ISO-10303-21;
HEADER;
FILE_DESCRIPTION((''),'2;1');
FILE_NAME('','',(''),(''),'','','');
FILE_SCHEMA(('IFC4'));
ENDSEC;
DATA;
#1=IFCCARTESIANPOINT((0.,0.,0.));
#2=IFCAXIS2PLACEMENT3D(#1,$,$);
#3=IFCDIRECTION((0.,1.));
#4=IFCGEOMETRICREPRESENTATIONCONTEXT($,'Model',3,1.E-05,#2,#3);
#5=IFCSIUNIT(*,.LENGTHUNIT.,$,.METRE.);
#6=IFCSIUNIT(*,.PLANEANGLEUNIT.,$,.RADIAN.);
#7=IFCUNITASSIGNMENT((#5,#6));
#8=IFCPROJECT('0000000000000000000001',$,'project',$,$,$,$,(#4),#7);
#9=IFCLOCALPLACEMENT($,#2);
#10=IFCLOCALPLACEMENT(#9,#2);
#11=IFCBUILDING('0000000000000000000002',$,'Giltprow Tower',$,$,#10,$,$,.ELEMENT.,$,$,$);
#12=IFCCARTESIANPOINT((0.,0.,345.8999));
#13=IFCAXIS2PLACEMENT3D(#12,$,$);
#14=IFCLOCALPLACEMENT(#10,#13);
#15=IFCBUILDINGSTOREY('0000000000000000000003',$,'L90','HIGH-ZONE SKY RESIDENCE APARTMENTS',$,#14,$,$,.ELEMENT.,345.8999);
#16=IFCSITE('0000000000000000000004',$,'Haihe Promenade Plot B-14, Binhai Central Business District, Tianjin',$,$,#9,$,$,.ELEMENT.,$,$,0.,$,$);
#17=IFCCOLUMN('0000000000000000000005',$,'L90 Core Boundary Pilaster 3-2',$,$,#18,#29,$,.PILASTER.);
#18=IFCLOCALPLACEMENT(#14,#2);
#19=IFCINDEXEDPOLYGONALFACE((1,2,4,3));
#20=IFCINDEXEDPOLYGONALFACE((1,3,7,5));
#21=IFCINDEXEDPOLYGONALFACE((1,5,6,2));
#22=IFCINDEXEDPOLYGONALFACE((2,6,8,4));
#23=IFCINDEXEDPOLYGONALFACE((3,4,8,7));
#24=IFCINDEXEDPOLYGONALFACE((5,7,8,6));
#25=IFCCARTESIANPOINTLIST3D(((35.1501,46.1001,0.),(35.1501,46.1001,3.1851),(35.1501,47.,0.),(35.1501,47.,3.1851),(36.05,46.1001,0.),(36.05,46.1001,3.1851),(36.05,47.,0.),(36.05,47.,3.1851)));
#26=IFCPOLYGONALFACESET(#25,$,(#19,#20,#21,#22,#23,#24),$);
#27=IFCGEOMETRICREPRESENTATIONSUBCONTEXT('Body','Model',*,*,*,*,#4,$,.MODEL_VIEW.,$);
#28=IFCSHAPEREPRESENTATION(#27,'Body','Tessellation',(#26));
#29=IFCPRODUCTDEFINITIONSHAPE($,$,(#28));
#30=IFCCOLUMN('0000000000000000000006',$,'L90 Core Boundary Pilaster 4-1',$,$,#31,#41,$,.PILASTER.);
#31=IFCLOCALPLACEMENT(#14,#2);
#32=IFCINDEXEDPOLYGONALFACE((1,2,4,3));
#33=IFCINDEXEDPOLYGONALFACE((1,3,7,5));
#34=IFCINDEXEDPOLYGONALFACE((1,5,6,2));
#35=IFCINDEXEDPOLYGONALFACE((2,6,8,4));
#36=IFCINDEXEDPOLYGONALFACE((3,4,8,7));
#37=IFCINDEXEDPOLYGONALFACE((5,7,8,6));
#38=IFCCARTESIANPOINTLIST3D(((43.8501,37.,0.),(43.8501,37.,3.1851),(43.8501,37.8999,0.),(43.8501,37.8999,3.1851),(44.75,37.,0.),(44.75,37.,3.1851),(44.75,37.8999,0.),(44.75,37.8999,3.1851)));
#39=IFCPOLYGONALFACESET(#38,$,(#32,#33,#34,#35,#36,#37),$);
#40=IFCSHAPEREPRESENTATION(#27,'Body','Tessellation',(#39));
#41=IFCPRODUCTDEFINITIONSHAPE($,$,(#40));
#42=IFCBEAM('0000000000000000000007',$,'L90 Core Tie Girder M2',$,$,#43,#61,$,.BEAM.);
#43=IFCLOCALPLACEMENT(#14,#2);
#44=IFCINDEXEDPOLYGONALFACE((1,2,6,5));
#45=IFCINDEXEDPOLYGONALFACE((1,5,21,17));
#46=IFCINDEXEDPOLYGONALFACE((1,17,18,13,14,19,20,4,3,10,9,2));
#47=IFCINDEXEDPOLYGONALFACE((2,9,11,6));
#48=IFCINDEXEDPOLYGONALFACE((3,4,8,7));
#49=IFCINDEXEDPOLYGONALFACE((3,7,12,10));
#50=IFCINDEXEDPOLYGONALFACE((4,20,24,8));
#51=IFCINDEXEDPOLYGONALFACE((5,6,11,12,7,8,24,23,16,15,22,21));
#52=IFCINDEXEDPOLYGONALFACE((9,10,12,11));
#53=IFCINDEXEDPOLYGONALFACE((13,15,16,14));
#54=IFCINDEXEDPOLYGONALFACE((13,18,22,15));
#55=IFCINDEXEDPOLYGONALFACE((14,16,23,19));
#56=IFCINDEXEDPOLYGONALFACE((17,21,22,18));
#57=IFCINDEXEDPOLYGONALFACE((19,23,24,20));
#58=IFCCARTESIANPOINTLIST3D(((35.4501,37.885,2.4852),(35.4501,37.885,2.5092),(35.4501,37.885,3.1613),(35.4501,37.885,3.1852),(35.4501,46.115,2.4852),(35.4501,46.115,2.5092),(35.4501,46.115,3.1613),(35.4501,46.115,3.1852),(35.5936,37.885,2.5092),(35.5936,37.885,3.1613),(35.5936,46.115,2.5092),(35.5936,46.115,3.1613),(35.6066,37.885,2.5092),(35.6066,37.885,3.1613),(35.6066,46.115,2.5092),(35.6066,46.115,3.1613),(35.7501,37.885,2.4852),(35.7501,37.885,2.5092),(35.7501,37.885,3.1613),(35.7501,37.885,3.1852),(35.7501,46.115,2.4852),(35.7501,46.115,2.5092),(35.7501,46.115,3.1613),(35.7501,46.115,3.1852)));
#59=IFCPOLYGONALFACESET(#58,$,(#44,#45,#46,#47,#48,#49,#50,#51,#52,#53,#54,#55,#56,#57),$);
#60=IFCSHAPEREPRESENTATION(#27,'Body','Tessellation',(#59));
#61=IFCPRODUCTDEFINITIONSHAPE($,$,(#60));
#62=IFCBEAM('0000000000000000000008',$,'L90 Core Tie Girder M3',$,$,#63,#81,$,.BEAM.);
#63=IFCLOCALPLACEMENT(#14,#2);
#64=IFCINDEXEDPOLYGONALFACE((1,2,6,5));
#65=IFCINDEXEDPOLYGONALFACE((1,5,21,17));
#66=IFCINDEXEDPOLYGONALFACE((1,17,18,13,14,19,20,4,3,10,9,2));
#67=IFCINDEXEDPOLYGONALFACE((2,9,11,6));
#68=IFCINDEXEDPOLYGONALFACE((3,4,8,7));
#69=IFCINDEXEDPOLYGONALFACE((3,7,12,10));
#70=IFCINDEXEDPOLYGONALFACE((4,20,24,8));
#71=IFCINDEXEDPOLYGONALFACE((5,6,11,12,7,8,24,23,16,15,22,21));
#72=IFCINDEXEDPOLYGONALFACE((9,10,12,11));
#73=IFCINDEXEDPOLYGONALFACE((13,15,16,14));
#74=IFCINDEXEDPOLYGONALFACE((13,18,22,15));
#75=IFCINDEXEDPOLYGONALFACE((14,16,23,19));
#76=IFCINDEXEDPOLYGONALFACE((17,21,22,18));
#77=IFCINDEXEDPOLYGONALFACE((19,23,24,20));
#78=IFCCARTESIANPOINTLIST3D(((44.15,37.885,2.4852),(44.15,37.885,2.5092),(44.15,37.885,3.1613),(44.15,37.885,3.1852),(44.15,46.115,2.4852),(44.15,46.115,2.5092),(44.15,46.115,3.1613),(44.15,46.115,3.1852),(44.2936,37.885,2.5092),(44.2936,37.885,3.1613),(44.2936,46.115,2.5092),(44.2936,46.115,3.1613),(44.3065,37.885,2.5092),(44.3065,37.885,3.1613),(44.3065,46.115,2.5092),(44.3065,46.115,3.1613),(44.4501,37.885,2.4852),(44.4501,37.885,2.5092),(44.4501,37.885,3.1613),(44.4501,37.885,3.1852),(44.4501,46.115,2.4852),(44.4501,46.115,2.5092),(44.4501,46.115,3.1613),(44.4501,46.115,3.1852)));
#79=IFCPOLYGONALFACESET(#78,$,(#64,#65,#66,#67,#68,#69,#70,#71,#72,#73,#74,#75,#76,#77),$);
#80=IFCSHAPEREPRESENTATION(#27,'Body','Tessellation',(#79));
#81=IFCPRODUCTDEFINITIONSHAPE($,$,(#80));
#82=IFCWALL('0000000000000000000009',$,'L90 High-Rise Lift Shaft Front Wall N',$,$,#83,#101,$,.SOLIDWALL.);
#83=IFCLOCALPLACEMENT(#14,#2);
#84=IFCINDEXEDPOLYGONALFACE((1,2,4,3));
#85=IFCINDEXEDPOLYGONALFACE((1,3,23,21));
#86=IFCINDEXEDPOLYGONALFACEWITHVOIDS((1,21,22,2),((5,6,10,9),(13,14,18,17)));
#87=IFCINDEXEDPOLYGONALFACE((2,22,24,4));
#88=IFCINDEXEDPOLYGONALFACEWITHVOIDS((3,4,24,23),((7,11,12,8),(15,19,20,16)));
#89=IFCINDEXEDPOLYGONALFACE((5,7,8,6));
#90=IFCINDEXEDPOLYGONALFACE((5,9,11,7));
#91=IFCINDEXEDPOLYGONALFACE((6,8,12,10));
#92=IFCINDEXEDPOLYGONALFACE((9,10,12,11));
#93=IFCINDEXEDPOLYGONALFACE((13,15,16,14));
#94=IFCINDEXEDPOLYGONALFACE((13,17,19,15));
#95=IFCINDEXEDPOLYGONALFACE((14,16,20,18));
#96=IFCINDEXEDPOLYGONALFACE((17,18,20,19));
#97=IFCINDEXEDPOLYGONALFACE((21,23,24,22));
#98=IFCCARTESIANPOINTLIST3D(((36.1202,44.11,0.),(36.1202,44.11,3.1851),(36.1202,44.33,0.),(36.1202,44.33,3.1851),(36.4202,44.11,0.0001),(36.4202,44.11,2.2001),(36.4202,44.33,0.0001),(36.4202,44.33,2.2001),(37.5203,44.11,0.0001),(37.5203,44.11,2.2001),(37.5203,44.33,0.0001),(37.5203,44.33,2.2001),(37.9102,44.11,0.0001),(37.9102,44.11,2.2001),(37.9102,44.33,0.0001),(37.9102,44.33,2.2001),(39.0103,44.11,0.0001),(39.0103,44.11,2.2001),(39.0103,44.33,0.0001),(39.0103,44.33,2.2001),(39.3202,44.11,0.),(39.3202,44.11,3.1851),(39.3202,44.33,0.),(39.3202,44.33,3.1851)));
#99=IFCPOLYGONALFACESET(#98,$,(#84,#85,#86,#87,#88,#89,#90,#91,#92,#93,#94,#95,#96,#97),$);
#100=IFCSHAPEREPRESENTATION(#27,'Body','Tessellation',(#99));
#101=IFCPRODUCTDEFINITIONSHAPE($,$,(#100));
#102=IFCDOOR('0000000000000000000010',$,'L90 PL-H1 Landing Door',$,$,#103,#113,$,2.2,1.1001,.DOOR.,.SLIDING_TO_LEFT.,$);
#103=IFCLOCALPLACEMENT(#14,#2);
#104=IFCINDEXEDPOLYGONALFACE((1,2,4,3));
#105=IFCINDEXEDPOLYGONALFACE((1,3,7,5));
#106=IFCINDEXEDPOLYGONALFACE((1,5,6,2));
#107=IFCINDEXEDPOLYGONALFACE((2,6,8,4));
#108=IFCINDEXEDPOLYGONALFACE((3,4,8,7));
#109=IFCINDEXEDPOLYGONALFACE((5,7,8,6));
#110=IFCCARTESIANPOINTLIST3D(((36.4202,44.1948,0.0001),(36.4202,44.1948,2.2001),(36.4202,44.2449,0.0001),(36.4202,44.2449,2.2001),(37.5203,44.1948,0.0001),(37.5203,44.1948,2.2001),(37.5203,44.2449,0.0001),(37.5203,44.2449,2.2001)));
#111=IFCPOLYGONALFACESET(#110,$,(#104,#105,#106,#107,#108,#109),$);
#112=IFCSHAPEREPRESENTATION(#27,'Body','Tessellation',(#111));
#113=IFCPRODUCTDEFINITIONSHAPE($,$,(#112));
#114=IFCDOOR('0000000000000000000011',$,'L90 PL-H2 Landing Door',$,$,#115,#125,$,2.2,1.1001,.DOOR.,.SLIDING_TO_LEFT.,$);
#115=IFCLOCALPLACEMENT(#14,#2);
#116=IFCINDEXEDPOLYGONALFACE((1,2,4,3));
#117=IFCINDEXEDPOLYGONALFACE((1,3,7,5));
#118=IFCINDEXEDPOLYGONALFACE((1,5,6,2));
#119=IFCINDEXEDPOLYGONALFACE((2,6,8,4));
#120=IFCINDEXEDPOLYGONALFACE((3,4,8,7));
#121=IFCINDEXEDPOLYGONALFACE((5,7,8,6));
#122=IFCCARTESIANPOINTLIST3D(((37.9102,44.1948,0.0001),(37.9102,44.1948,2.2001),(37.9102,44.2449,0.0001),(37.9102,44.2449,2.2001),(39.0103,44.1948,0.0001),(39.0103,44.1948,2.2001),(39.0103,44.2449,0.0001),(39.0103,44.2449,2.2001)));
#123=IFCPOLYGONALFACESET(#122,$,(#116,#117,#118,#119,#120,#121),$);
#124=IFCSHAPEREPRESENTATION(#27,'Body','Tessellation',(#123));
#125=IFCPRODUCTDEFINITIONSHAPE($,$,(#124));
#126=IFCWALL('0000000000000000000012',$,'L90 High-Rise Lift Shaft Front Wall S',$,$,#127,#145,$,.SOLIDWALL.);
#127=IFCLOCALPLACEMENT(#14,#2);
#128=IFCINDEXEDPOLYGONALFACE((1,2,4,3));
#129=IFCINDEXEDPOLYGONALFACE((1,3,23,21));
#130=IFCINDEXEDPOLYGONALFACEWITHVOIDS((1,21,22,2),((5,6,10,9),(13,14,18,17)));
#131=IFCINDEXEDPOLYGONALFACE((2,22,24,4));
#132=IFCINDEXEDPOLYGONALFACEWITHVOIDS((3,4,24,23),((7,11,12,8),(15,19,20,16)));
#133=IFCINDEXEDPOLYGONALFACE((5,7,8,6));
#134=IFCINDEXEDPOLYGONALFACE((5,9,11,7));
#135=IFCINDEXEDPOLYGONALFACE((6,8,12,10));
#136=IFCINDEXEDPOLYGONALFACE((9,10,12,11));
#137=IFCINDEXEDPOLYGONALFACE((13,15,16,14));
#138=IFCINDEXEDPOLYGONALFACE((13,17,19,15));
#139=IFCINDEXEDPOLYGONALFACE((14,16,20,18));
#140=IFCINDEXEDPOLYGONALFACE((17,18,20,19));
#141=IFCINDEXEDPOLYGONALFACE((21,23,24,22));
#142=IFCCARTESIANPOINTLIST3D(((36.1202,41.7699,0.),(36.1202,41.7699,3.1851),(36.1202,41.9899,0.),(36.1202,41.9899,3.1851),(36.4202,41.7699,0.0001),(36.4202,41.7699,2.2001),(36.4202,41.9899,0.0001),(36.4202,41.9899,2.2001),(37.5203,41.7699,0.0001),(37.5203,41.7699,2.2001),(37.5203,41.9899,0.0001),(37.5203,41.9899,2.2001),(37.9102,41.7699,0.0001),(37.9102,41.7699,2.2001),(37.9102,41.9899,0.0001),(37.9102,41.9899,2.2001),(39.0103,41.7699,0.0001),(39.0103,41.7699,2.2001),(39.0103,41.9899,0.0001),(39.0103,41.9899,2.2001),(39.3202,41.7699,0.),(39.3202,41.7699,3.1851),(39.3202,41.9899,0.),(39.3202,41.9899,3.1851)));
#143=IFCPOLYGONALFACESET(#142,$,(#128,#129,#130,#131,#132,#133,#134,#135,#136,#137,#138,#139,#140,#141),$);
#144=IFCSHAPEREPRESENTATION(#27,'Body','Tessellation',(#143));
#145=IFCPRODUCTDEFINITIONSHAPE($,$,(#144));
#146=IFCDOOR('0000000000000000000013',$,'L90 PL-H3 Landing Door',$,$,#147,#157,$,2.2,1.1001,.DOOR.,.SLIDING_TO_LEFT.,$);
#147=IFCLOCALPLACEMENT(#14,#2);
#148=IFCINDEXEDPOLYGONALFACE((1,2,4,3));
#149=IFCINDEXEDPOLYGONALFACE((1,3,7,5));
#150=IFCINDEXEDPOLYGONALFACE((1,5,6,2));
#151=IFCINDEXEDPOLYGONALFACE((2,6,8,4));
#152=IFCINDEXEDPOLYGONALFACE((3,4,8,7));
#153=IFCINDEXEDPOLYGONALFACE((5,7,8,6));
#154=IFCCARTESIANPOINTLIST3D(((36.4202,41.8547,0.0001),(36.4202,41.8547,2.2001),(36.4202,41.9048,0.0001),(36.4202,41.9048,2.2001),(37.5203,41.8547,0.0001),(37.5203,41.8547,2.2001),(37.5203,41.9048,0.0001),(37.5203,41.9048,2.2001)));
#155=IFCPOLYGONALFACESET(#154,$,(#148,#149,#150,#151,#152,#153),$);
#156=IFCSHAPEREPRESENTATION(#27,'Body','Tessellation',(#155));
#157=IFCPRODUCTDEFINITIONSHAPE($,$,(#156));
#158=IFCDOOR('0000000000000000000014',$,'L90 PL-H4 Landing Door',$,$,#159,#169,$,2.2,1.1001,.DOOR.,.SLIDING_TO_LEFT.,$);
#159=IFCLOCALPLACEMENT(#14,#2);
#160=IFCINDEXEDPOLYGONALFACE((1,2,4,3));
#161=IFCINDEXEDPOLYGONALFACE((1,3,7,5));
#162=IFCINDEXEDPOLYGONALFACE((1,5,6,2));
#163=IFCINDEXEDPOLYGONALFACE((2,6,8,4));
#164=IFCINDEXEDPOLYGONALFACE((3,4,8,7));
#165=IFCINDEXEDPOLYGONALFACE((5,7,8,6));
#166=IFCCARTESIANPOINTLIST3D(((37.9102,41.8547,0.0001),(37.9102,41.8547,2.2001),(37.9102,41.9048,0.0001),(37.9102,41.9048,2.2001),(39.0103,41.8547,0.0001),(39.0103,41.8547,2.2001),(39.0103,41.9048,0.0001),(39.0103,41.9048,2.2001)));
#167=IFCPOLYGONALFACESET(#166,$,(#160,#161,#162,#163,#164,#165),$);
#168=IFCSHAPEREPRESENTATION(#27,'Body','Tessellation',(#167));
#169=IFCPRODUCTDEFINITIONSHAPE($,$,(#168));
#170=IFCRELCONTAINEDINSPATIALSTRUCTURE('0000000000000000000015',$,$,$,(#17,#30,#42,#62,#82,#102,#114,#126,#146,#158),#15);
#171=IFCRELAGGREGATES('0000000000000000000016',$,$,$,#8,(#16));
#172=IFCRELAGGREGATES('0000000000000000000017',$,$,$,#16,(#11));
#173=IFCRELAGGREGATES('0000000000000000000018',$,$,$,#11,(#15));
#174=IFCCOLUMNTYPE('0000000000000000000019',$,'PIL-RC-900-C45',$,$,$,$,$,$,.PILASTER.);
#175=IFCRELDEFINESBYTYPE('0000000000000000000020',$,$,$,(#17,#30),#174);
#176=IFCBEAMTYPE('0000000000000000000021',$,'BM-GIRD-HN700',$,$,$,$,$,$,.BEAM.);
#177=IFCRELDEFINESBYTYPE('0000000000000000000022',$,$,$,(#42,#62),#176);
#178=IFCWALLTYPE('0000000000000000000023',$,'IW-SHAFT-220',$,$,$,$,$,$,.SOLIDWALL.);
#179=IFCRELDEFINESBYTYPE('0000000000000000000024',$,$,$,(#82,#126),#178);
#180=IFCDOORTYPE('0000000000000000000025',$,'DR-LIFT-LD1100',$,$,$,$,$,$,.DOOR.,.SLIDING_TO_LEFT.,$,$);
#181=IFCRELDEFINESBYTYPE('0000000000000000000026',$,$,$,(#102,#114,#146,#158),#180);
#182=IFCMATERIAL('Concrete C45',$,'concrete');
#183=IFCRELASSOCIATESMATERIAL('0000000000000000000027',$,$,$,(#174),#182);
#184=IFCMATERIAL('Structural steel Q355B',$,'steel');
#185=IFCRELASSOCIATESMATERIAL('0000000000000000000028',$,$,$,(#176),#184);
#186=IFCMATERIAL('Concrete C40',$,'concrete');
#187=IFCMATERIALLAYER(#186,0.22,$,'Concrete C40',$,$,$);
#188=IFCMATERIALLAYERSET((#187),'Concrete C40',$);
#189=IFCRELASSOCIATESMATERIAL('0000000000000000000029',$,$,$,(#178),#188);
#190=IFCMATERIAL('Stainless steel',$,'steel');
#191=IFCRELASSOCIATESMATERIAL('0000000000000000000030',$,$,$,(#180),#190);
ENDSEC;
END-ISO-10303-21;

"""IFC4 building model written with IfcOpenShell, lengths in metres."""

from ifc_helpers import new_model, si_unit, direction, frame, frame_2d, origin, origin_2d, place, context, subcontext, project, spatial, rectangle, i_section, extrude, source, transform, mapped, material, layer, layer_set, material_profile, profile_set, type_object, element, fill, save


model = new_model("IFC4")

# Units and contexts
model_context = context("Model", 3, precision=1e-05, world=origin(), true_north=direction((0.0, 1.0)))
body_context = subcontext(model_context, "Body", "Model", "MODEL_VIEW")
ifc_project = project(units=[si_unit("LENGTHUNIT", "METRE"), si_unit("PLANEANGLEUNIT", "RADIAN")], contexts=[model_context])

# Site, building, storey
site_placement = place(None, origin())
site = spatial("IfcSite", under=ifc_project, at=site_placement, Name="Haihe Promenade Plot B-14, Binhai Central Business District, Tianjin", CompositionType="ELEMENT", RefElevation=0.0)
building_placement = place(site_placement, origin())
building = spatial("IfcBuilding", under=site, at=building_placement, Name="Giltprow Tower", CompositionType="ELEMENT")
storey_placement = place(building_placement, frame((0.0, 0.0, 345.8999)))
storey = spatial("IfcBuildingStorey", under=building, at=storey_placement, Name="L90", Description="HIGH-ZONE SKY RESIDENCE APARTMENTS", CompositionType="ELEMENT", Elevation=345.8999)

# Columns
ifc_material_1 = material(Name="Concrete C45", Category="concrete")
ifc_material_profile_1 = material_profile(ifc_material_1, rectangle(XDim=0.8999, YDim=0.8999, at=origin_2d()), Name="RC 900x900")
ifc_profile_set_1 = profile_set([ifc_material_profile_1], Name="Concrete C45")
column_type = type_object("IfcColumnType", Name="PIL-RC-900-C45", PredefinedType="PILASTER", material=ifc_profile_set_1)
shared_shape_1 = source(origin(), body_context, "Body", "SweptSolid", [
    extrude(rectangle(XDim=0.8999, YDim=0.8999, at=origin_2d()), origin(), (0.0, 0.0, 1.0), 3.1851),
])
for number, where, z_axis, x_axis, name in (
    (1, (35.6001, 46.55, 0.0), (0.0, 0.0, 1.0), (1.0, 0.0, 0.0), "L90 Core Boundary Pilaster 3-2"),
    (2, (44.3, 37.45, 0.0), (0.0, 0.0, 1.0), (1.0, 0.0, 0.0), "L90 Core Boundary Pilaster 4-1"),
):
    element("IfcColumn", number, at=place(storey_placement, frame(where, z_axis=z_axis, x_axis=x_axis)), inside=storey, type_object=column_type, Name=name, PredefinedType="PILASTER", context=body_context, shape_type="MappedRepresentation", body=[
        mapped(shared_shape_1, transform((0.0, 0.0, 0.0), x_axis=(1.0, 0.0, 0.0), y_axis=(0.0, 1.0, 0.0), z_axis=(0.0, 0.0, 1.0), scale=1.0)),
    ])

# Beams
ifc_material_2 = material(Name="Structural steel Q355B", Category="steel")
ifc_material_profile_2 = material_profile(ifc_material_2, i_section(OverallWidth=0.3, OverallDepth=0.7, WebThickness=0.0129, FlangeThickness=0.0239, at=origin_2d()), Name="HN 700x300x13x24")
ifc_profile_set_2 = profile_set([ifc_material_profile_2], Name="Structural steel Q355B")
beam_type = type_object("IfcBeamType", Name="BM-GIRD-HN700", PredefinedType="BEAM", material=ifc_profile_set_2)
shared_shape_2 = source(origin(), body_context, "Body", "SweptSolid", [
    extrude(i_section(OverallWidth=0.3, OverallDepth=0.7, WebThickness=0.0129, FlangeThickness=0.0239, at=origin_2d()), origin(), (0.0, 0.0, 1.0), 8.23),
])
for number, where, z_axis, x_axis, name in (
    (3, (35.6001, 37.885, 2.8352), (0.0, 1.0, 0.0), (-1.0, 0.0, 0.0), "L90 Core Tie Girder M2"),
    (4, (44.3, 37.885, 2.8352), (0.0, 1.0, 0.0), (-1.0, 0.0, 0.0), "L90 Core Tie Girder M3"),
):
    element("IfcBeam", number, at=place(storey_placement, frame(where, z_axis=z_axis, x_axis=x_axis)), inside=storey, type_object=beam_type, Name=name, PredefinedType="BEAM", context=body_context, shape_type="MappedRepresentation", body=[
        mapped(shared_shape_2, transform((0.0, 0.0, 0.0), x_axis=(1.0, 0.0, 0.0), y_axis=(0.0, 1.0, 0.0), z_axis=(0.0, 0.0, 1.0), scale=1.0)),
    ])

# Walls, openings, doors
ifc_material_3 = material(Name="Concrete C40", Category="concrete")
ifc_layer_1 = layer(ifc_material_3, 0.22, Name="Concrete C40")
ifc_layer_set_1 = layer_set([ifc_layer_1], Name="Concrete C40")
wall_type_1 = type_object("IfcWallType", Name="IW-SHAFT-220", PredefinedType="SOLIDWALL", material=ifc_layer_set_1)
wall_1_placement = place(storey_placement, frame((36.1201, 44.22, 0.0), z_axis=(0.0, 0.0, 1.0), x_axis=(1.0, 0.0, 0.0)))
wall_1 = element("IfcWall", 5, at=wall_1_placement, inside=storey, type_object=wall_type_1, Name="L90 High-Rise Lift Shaft Front Wall N", PredefinedType="SOLIDWALL", context=body_context, shape_type="SweptSolid", body=[
    extrude(rectangle(XDim=3.2, YDim=0.22, at=frame_2d((1.6001, 0.0))), origin(), (0.0, 0.0, 1.0), 3.1851),
])
opening_1_placement = place(wall_1_placement, frame((0.3, 0.0, 0.0)))
opening_1 = element("IfcOpeningElement", 6, at=opening_1_placement, cuts=wall_1, PredefinedType="OPENING", context=body_context, shape_type="SweptSolid", body=[
    extrude(rectangle(XDim=1.1001, YDim=2.2, at=frame_2d((0.55, 1.1001))), frame((0.0, 0.1199, 0.0), z_axis=(0.0, -1.0, 0.0), x_axis=(1.0, 0.0, 0.0)), (0.0, 0.0, 1.0), 0.24),
])
opening_2_placement = place(wall_1_placement, frame((1.79, 0.0, 0.0)))
opening_2 = element("IfcOpeningElement", 7, at=opening_2_placement, cuts=wall_1, PredefinedType="OPENING", context=body_context, shape_type="SweptSolid", body=[
    extrude(rectangle(XDim=1.1001, YDim=2.2, at=frame_2d((0.55, 1.1001))), frame((0.0, 0.1199, 0.0), z_axis=(0.0, -1.0, 0.0), x_axis=(1.0, 0.0, 0.0)), (0.0, 0.0, 1.0), 0.24),
])
ifc_material_4 = material(Name="Stainless steel", Category="steel")
door_type_1 = type_object("IfcDoorType", Name="DR-LIFT-LD1100", OperationType="SLIDING_TO_LEFT", PredefinedType="DOOR", material=ifc_material_4)
shared_shape_3 = source(origin(), body_context, "Body", "SweptSolid", [
    extrude(rectangle(XDim=1.1001, YDim=2.2, at=frame_2d((0.55, 1.1001))), frame((0.0, 0.0249, 0.0), z_axis=(0.0, -1.0, 0.0), x_axis=(1.0, 0.0, 0.0)), (0.0, 0.0, 1.0), 0.05),
])
door_1_placement = place(opening_1_placement, origin())
door_1 = element("IfcDoor", 8, at=door_1_placement, inside=storey, type_object=door_type_1, Name="L90 PL-H1 Landing Door", OperationType="SLIDING_TO_LEFT", OverallHeight=2.2, OverallWidth=1.1001, PredefinedType="DOOR", context=body_context, shape_type="MappedRepresentation", body=[
    mapped(shared_shape_3, transform((0.0, 0.0, 0.0), x_axis=(1.0, 0.0, 0.0), y_axis=(0.0, 1.0, 0.0), z_axis=(0.0, 0.0, 1.0), scale=1.0)),
])
fill(opening_1, door_1)
door_2_placement = place(opening_2_placement, origin())
door_2 = element("IfcDoor", 9, at=door_2_placement, inside=storey, type_object=door_type_1, Name="L90 PL-H2 Landing Door", OperationType="SLIDING_TO_LEFT", OverallHeight=2.2, OverallWidth=1.1001, PredefinedType="DOOR", context=body_context, shape_type="MappedRepresentation", body=[
    mapped(shared_shape_3, transform((0.0, 0.0, 0.0), x_axis=(1.0, 0.0, 0.0), y_axis=(0.0, 1.0, 0.0), z_axis=(0.0, 0.0, 1.0), scale=1.0)),
])
fill(opening_2, door_2)
wall_2_placement = place(storey_placement, frame((36.1201, 41.8799, 0.0), z_axis=(0.0, 0.0, 1.0), x_axis=(1.0, 0.0, 0.0)))
wall_2 = element("IfcWall", 10, at=wall_2_placement, inside=storey, type_object=wall_type_1, Name="L90 High-Rise Lift Shaft Front Wall S", PredefinedType="SOLIDWALL", context=body_context, shape_type="SweptSolid", body=[
    extrude(rectangle(XDim=3.2, YDim=0.22, at=frame_2d((1.6001, 0.0))), origin(), (0.0, 0.0, 1.0), 3.1851),
])
opening_3_placement = place(wall_2_placement, frame((0.3, 0.0, 0.0)))
opening_3 = element("IfcOpeningElement", 11, at=opening_3_placement, cuts=wall_2, PredefinedType="OPENING", context=body_context, shape_type="SweptSolid", body=[
    extrude(rectangle(XDim=1.1001, YDim=2.2, at=frame_2d((0.55, 1.1001))), frame((0.0, 0.1199, 0.0), z_axis=(0.0, -1.0, 0.0), x_axis=(1.0, 0.0, 0.0)), (0.0, 0.0, 1.0), 0.24),
])
opening_4_placement = place(wall_2_placement, frame((1.79, 0.0, 0.0)))
opening_4 = element("IfcOpeningElement", 12, at=opening_4_placement, cuts=wall_2, PredefinedType="OPENING", context=body_context, shape_type="SweptSolid", body=[
    extrude(rectangle(XDim=1.1001, YDim=2.2, at=frame_2d((0.55, 1.1001))), frame((0.0, 0.1199, 0.0), z_axis=(0.0, -1.0, 0.0), x_axis=(1.0, 0.0, 0.0)), (0.0, 0.0, 1.0), 0.24),
])
door_3_placement = place(opening_3_placement, origin())
door_3 = element("IfcDoor", 13, at=door_3_placement, inside=storey, type_object=door_type_1, Name="L90 PL-H3 Landing Door", OperationType="SLIDING_TO_LEFT", OverallHeight=2.2, OverallWidth=1.1001, PredefinedType="DOOR", context=body_context, shape_type="MappedRepresentation", body=[
    mapped(shared_shape_3, transform((0.0, 0.0, 0.0), x_axis=(1.0, 0.0, 0.0), y_axis=(0.0, 1.0, 0.0), z_axis=(0.0, 0.0, 1.0), scale=1.0)),
])
fill(opening_3, door_3)
door_4_placement = place(opening_4_placement, origin())
door_4 = element("IfcDoor", 14, at=door_4_placement, inside=storey, type_object=door_type_1, Name="L90 PL-H4 Landing Door", OperationType="SLIDING_TO_LEFT", OverallHeight=2.2, OverallWidth=1.1001, PredefinedType="DOOR", context=body_context, shape_type="MappedRepresentation", body=[
    mapped(shared_shape_3, transform((0.0, 0.0, 0.0), x_axis=(1.0, 0.0, 0.0), y_axis=(0.0, 1.0, 0.0), z_axis=(0.0, 0.0, 1.0), scale=1.0)),
])
fill(opening_4, door_4)

save(model, "model.ifc")
